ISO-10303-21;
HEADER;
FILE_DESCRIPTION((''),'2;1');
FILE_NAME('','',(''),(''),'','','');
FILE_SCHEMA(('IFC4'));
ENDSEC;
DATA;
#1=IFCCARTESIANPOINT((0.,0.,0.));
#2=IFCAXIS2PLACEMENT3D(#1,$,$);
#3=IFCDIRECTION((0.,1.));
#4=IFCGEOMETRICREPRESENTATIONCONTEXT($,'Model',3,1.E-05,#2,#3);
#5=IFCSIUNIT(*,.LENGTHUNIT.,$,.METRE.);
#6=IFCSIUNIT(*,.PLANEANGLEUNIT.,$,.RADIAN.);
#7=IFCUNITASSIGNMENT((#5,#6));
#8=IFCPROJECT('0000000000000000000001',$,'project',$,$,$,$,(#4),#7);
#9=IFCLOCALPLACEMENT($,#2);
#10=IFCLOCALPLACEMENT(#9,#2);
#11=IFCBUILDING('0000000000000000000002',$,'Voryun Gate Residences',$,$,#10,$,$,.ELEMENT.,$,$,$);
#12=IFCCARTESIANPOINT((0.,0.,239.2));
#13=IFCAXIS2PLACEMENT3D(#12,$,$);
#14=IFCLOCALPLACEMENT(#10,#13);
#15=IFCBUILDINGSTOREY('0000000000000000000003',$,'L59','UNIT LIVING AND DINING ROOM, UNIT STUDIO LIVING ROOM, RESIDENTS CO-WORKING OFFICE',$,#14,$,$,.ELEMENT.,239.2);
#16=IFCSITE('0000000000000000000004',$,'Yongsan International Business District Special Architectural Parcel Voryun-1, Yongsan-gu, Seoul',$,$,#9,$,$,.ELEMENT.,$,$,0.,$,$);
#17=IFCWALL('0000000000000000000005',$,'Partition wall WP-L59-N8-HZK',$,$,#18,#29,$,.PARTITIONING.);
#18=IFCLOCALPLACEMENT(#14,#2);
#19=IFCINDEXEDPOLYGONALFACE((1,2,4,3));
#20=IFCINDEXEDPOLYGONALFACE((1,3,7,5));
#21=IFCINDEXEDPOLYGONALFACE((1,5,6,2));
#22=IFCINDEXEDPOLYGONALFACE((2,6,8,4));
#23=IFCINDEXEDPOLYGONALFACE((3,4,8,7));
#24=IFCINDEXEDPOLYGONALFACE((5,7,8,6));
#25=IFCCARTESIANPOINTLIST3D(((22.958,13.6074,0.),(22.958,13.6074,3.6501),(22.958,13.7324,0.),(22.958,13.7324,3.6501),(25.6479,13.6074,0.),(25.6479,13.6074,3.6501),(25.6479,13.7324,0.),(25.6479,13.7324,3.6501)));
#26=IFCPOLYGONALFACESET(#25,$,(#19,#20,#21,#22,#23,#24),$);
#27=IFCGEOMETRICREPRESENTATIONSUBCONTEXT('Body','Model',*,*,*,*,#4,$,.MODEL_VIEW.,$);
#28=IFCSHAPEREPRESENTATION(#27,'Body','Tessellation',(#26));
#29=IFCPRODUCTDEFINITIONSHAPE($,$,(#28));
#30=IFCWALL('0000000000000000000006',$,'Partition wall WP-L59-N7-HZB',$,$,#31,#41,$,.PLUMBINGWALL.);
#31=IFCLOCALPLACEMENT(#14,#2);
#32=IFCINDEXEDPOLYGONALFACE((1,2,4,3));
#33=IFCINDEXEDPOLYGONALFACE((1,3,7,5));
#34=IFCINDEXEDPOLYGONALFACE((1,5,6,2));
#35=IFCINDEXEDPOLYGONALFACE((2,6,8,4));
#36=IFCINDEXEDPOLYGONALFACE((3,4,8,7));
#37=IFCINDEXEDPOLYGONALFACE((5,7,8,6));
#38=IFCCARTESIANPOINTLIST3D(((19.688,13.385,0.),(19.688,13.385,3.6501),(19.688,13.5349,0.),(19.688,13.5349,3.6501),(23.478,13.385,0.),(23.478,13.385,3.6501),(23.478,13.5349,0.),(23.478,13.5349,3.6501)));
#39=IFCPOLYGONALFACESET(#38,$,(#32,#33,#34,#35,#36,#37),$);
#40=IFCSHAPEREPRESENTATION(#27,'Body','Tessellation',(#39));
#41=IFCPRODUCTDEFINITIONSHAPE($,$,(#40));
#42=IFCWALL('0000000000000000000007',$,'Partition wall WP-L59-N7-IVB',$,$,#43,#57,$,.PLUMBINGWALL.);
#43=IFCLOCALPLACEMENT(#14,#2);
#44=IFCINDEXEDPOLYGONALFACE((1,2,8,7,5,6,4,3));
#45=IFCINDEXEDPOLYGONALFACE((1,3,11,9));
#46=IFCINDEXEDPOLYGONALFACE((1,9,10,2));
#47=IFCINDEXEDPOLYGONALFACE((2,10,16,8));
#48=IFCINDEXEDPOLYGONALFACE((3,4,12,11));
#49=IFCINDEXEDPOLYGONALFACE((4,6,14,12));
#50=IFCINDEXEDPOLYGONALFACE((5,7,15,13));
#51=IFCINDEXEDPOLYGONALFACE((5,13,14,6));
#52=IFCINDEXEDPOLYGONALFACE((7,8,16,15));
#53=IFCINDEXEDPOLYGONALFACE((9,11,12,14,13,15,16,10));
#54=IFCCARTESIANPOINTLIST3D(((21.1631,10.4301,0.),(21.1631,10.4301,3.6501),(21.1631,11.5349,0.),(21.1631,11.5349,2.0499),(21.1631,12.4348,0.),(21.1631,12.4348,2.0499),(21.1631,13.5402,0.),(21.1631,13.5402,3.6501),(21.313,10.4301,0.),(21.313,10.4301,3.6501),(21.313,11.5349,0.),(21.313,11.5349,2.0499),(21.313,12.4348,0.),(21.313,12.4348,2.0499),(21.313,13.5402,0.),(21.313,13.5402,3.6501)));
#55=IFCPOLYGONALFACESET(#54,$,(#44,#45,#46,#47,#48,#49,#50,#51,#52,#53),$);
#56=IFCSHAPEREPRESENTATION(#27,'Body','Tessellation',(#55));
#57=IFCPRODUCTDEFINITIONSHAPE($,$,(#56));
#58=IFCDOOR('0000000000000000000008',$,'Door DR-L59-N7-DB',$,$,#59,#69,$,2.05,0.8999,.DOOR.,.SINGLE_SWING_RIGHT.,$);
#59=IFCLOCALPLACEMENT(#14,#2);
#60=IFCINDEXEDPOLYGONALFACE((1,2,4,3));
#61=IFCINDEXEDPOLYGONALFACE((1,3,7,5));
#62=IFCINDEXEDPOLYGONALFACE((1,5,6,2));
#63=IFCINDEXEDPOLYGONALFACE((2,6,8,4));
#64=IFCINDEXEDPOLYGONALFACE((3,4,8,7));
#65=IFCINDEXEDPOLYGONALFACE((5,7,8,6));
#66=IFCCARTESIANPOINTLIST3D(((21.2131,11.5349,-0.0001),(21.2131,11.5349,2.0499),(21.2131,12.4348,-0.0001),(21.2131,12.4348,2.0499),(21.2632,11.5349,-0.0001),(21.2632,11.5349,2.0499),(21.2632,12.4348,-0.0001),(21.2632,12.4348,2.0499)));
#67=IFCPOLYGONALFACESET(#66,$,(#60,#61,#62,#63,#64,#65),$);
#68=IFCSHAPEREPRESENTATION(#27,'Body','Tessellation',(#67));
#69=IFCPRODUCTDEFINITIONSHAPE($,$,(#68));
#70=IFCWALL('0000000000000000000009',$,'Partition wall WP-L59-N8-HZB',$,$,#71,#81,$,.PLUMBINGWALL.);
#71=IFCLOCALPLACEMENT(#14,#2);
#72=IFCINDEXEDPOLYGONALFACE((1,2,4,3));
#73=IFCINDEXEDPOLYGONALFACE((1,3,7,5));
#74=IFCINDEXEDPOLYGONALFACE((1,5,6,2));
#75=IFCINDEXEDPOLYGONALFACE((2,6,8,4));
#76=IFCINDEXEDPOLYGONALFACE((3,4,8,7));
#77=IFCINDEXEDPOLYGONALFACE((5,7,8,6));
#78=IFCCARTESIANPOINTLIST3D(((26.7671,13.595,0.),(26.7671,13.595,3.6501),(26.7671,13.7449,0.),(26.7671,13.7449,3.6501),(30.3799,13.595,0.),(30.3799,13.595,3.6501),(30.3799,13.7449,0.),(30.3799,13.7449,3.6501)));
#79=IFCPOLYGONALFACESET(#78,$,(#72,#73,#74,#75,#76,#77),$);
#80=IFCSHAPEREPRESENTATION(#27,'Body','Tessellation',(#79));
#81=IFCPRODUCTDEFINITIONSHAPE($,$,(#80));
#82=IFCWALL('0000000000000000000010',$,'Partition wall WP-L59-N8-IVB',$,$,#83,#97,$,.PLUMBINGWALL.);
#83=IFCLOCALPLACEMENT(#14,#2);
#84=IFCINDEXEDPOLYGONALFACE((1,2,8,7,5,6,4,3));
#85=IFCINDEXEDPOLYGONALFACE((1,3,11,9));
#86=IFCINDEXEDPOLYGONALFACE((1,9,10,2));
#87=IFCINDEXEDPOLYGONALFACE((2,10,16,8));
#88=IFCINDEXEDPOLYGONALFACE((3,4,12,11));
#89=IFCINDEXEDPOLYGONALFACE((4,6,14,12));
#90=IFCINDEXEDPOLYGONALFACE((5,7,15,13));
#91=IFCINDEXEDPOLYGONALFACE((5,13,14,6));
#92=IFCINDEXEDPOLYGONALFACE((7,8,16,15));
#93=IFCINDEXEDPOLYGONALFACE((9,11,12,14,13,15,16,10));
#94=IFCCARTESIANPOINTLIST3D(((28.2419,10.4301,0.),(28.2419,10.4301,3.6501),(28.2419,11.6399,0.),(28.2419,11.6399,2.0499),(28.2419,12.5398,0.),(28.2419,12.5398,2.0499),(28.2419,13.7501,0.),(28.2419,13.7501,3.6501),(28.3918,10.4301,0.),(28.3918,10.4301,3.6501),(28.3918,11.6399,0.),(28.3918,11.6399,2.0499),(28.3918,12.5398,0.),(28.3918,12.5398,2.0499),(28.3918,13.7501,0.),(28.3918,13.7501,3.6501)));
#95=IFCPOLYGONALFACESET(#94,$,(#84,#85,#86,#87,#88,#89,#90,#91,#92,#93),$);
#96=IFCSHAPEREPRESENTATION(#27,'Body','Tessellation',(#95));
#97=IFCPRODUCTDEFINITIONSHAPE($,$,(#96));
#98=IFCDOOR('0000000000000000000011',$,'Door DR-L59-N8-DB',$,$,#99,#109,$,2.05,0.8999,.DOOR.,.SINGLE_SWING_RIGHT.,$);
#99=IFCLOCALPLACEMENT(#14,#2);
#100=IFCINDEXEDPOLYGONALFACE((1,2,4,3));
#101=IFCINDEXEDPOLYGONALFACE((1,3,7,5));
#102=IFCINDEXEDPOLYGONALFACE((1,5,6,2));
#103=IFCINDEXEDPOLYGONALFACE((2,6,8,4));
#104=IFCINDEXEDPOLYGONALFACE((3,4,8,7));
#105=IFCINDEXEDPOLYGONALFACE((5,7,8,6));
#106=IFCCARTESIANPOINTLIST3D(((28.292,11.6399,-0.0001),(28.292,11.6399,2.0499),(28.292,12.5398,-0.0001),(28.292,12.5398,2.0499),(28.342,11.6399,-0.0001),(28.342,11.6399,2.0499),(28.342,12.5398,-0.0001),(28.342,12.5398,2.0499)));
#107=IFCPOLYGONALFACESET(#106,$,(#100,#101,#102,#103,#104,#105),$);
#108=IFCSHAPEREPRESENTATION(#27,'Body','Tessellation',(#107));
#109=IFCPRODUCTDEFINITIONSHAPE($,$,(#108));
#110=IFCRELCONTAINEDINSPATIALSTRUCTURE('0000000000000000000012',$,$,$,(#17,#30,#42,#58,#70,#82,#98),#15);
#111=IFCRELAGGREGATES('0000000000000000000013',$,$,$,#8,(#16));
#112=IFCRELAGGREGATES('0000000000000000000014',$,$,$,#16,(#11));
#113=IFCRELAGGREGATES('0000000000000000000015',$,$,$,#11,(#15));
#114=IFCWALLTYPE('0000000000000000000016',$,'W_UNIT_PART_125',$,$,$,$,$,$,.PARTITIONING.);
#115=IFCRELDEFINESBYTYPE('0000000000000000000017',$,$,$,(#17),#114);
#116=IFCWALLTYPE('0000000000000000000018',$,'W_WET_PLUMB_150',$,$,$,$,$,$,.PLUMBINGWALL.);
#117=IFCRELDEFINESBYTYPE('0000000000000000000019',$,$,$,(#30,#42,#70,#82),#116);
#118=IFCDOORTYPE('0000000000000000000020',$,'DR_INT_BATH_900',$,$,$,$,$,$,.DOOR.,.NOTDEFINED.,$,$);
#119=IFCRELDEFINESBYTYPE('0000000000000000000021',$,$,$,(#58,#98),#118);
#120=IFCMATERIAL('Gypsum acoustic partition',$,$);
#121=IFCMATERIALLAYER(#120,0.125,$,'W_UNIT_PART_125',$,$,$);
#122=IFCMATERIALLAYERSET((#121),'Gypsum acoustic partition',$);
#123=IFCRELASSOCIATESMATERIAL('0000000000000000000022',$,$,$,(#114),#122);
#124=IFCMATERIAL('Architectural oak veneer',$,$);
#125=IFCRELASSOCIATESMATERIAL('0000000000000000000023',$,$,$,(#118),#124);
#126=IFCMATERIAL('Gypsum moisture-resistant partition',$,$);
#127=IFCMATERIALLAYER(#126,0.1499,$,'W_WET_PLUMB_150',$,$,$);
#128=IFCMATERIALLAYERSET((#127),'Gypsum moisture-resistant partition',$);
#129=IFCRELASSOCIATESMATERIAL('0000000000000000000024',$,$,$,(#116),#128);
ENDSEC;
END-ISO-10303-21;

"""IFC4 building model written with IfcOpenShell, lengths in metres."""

from ifc_helpers import new_model, si_unit, direction, frame, frame_2d, origin, place, context, subcontext, project, spatial, rectangle, extrude, material, layer, layer_set, type_object, element, fill, save


model = new_model("IFC4")

# Units and contexts
model_context = context("Model", 3, precision=1e-05, world=origin(), true_north=direction((0.0, 1.0)))
body_context = subcontext(model_context, "Body", "Model", "MODEL_VIEW")
ifc_project = project(units=[si_unit("LENGTHUNIT", "METRE"), si_unit("PLANEANGLEUNIT", "RADIAN")], contexts=[model_context])

# Site, building, storey
site_placement = place(None, origin())
site = spatial("IfcSite", under=ifc_project, at=site_placement, Name="Yongsan International Business District Special Architectural Parcel Voryun-1, Yongsan-gu, Seoul", CompositionType="ELEMENT", RefElevation=0.0)
building_placement = place(site_placement, origin())
building = spatial("IfcBuilding", under=site, at=building_placement, Name="Voryun Gate Residences", CompositionType="ELEMENT")
storey_placement = place(building_placement, frame((0.0, 0.0, 239.2)))
storey = spatial("IfcBuildingStorey", under=building, at=storey_placement, Name="L59", Description="UNIT LIVING AND DINING ROOM, UNIT STUDIO LIVING ROOM, RESIDENTS CO-WORKING OFFICE", CompositionType="ELEMENT", Elevation=239.2)

# Shared definitions
ifc_material_1 = material(Name="Gypsum acoustic partition")
ifc_layer_1 = layer(ifc_material_1, 0.125, Name="W_UNIT_PART_125")
ifc_layer_set_1 = layer_set([ifc_layer_1], Name="Gypsum acoustic partition")
wall_type_1 = type_object("IfcWallType", Name="W_UNIT_PART_125", PredefinedType="PARTITIONING", material=ifc_layer_set_1)
ifc_material_2 = material(Name="Architectural oak veneer")
door_type_1 = type_object("IfcDoorType", Name="DR_INT_BATH_900", OperationType="NOTDEFINED", PredefinedType="DOOR", material=ifc_material_2)

# Walls
wall_1_placement = place(storey_placement, frame((22.958, 13.6699, 0.0), z_axis=(0.0, 0.0, 1.0), x_axis=(1.0, 0.0, 0.0)))
element("IfcWall", 1, at=wall_1_placement, inside=storey, type_object=wall_type_1, Name="Partition wall WP-L59-N8-HZK", PredefinedType="PARTITIONING", context=body_context, shape_type="SweptSolid", body=[
    extrude(rectangle(XDim=2.6899, YDim=0.125, at=frame_2d((1.345, 0.0))), origin(), (0.0, 0.0, 1.0), 3.6501),
])
ifc_material_3 = material(Name="Gypsum moisture-resistant partition")
ifc_layer_2 = layer(ifc_material_3, 0.1499, Name="W_WET_PLUMB_150")
ifc_layer_set_2 = layer_set([ifc_layer_2], Name="Gypsum moisture-resistant partition")
wall_type_2 = type_object("IfcWallType", Name="W_WET_PLUMB_150", PredefinedType="PLUMBINGWALL", material=ifc_layer_set_2)
wall_2_placement = place(storey_placement, frame((19.688, 13.46, 0.0), z_axis=(0.0, 0.0, 1.0), x_axis=(1.0, 0.0, 0.0)))
element("IfcWall", 2, at=wall_2_placement, inside=storey, type_object=wall_type_2, Name="Partition wall WP-L59-N7-HZB", PredefinedType="PLUMBINGWALL", context=body_context, shape_type="SweptSolid", body=[
    extrude(rectangle(XDim=3.79, YDim=0.1499, at=frame_2d((1.895, 0.0))), origin(), (0.0, 0.0, 1.0), 3.6501),
])

# Wall, opening, door
wall_3_placement = place(storey_placement, frame((21.238, 10.4299, 0.0), z_axis=(0.0, 0.0, 1.0), x_axis=(0.0, 1.0, 0.0)))
wall_3 = element("IfcWall", 3, at=wall_3_placement, inside=storey, type_object=wall_type_2, Name="Partition wall WP-L59-N7-IVB", PredefinedType="PLUMBINGWALL", context=body_context, shape_type="SweptSolid", body=[
    extrude(rectangle(XDim=3.1101, YDim=0.1499, at=frame_2d((1.5552, 0.0))), origin(), (0.0, 0.0, 1.0), 3.6501),
])
opening_1_placement = place(wall_3_placement, frame((1.105, 0.0, 0.0)))
opening_1 = element("IfcOpeningElement", 4, at=opening_1_placement, cuts=wall_3, PredefinedType="OPENING", context=body_context, shape_type="SweptSolid", body=[
    extrude(rectangle(XDim=0.8999, YDim=2.05, at=frame_2d((0.45, 1.0249))), frame((0.0, 0.085, 0.0), z_axis=(0.0, -1.0, 0.0), x_axis=(1.0, 0.0, 0.0)), (0.0, 0.0, 1.0), 0.1699),
])
door_1_placement = place(opening_1_placement, origin())
door_1 = element("IfcDoor", 5, at=door_1_placement, inside=storey, type_object=door_type_1, Name="Door DR-L59-N7-DB", OperationType="SINGLE_SWING_RIGHT", OverallHeight=2.05, OverallWidth=0.8999, PredefinedType="DOOR", context=body_context, shape_type="SweptSolid", body=[
    extrude(rectangle(XDim=0.8999, YDim=2.05, at=frame_2d((0.45, 1.0249))), frame((0.0, 0.0249, 0.0), z_axis=(0.0, -1.0, 0.0), x_axis=(1.0, 0.0, 0.0)), (0.0, 0.0, 1.0), 0.05),
])
fill(opening_1, door_1)

# Wall
wall_4_placement = place(storey_placement, frame((26.7671, 13.6699, 0.0), z_axis=(0.0, 0.0, 1.0), x_axis=(1.0, 0.0, 0.0)))
element("IfcWall", 6, at=wall_4_placement, inside=storey, type_object=wall_type_2, Name="Partition wall WP-L59-N8-HZB", PredefinedType="PLUMBINGWALL", context=body_context, shape_type="SweptSolid", body=[
    extrude(rectangle(XDim=3.6128, YDim=0.1499, at=frame_2d((1.8064, 0.0))), origin(), (0.0, 0.0, 1.0), 3.6501),
])

# Wall, opening, door
wall_5_placement = place(storey_placement, frame((28.3169, 10.4299, 0.0), z_axis=(0.0, 0.0, 1.0), x_axis=(0.0, 1.0, 0.0)))
wall_5 = element("IfcWall", 7, at=wall_5_placement, inside=storey, type_object=wall_type_2, Name="Partition wall WP-L59-N8-IVB", PredefinedType="PLUMBINGWALL", context=body_context, shape_type="SweptSolid", body=[
    extrude(rectangle(XDim=3.3201, YDim=0.1499, at=frame_2d((1.6602, 0.0))), origin(), (0.0, 0.0, 1.0), 3.6501),
])
opening_2_placement = place(wall_5_placement, frame((1.21, 0.0, 0.0)))
opening_2 = element("IfcOpeningElement", 8, at=opening_2_placement, cuts=wall_5, PredefinedType="OPENING", context=body_context, shape_type="SweptSolid", body=[
    extrude(rectangle(XDim=0.8999, YDim=2.05, at=frame_2d((0.45, 1.0249))), frame((0.0, 0.085, 0.0), z_axis=(0.0, -1.0, 0.0), x_axis=(1.0, 0.0, 0.0)), (0.0, 0.0, 1.0), 0.1699),
])
door_2_placement = place(opening_2_placement, origin())
door_2 = element("IfcDoor", 9, at=door_2_placement, inside=storey, type_object=door_type_1, Name="Door DR-L59-N8-DB", OperationType="SINGLE_SWING_RIGHT", OverallHeight=2.05, OverallWidth=0.8999, PredefinedType="DOOR", context=body_context, shape_type="SweptSolid", body=[
    extrude(rectangle(XDim=0.8999, YDim=2.05, at=frame_2d((0.45, 1.0249))), frame((0.0, 0.0249, 0.0), z_axis=(0.0, -1.0, 0.0), x_axis=(1.0, 0.0, 0.0)), (0.0, 0.0, 1.0), 0.05),
])
fill(opening_2, door_2)

save(model, "model.ifc")
